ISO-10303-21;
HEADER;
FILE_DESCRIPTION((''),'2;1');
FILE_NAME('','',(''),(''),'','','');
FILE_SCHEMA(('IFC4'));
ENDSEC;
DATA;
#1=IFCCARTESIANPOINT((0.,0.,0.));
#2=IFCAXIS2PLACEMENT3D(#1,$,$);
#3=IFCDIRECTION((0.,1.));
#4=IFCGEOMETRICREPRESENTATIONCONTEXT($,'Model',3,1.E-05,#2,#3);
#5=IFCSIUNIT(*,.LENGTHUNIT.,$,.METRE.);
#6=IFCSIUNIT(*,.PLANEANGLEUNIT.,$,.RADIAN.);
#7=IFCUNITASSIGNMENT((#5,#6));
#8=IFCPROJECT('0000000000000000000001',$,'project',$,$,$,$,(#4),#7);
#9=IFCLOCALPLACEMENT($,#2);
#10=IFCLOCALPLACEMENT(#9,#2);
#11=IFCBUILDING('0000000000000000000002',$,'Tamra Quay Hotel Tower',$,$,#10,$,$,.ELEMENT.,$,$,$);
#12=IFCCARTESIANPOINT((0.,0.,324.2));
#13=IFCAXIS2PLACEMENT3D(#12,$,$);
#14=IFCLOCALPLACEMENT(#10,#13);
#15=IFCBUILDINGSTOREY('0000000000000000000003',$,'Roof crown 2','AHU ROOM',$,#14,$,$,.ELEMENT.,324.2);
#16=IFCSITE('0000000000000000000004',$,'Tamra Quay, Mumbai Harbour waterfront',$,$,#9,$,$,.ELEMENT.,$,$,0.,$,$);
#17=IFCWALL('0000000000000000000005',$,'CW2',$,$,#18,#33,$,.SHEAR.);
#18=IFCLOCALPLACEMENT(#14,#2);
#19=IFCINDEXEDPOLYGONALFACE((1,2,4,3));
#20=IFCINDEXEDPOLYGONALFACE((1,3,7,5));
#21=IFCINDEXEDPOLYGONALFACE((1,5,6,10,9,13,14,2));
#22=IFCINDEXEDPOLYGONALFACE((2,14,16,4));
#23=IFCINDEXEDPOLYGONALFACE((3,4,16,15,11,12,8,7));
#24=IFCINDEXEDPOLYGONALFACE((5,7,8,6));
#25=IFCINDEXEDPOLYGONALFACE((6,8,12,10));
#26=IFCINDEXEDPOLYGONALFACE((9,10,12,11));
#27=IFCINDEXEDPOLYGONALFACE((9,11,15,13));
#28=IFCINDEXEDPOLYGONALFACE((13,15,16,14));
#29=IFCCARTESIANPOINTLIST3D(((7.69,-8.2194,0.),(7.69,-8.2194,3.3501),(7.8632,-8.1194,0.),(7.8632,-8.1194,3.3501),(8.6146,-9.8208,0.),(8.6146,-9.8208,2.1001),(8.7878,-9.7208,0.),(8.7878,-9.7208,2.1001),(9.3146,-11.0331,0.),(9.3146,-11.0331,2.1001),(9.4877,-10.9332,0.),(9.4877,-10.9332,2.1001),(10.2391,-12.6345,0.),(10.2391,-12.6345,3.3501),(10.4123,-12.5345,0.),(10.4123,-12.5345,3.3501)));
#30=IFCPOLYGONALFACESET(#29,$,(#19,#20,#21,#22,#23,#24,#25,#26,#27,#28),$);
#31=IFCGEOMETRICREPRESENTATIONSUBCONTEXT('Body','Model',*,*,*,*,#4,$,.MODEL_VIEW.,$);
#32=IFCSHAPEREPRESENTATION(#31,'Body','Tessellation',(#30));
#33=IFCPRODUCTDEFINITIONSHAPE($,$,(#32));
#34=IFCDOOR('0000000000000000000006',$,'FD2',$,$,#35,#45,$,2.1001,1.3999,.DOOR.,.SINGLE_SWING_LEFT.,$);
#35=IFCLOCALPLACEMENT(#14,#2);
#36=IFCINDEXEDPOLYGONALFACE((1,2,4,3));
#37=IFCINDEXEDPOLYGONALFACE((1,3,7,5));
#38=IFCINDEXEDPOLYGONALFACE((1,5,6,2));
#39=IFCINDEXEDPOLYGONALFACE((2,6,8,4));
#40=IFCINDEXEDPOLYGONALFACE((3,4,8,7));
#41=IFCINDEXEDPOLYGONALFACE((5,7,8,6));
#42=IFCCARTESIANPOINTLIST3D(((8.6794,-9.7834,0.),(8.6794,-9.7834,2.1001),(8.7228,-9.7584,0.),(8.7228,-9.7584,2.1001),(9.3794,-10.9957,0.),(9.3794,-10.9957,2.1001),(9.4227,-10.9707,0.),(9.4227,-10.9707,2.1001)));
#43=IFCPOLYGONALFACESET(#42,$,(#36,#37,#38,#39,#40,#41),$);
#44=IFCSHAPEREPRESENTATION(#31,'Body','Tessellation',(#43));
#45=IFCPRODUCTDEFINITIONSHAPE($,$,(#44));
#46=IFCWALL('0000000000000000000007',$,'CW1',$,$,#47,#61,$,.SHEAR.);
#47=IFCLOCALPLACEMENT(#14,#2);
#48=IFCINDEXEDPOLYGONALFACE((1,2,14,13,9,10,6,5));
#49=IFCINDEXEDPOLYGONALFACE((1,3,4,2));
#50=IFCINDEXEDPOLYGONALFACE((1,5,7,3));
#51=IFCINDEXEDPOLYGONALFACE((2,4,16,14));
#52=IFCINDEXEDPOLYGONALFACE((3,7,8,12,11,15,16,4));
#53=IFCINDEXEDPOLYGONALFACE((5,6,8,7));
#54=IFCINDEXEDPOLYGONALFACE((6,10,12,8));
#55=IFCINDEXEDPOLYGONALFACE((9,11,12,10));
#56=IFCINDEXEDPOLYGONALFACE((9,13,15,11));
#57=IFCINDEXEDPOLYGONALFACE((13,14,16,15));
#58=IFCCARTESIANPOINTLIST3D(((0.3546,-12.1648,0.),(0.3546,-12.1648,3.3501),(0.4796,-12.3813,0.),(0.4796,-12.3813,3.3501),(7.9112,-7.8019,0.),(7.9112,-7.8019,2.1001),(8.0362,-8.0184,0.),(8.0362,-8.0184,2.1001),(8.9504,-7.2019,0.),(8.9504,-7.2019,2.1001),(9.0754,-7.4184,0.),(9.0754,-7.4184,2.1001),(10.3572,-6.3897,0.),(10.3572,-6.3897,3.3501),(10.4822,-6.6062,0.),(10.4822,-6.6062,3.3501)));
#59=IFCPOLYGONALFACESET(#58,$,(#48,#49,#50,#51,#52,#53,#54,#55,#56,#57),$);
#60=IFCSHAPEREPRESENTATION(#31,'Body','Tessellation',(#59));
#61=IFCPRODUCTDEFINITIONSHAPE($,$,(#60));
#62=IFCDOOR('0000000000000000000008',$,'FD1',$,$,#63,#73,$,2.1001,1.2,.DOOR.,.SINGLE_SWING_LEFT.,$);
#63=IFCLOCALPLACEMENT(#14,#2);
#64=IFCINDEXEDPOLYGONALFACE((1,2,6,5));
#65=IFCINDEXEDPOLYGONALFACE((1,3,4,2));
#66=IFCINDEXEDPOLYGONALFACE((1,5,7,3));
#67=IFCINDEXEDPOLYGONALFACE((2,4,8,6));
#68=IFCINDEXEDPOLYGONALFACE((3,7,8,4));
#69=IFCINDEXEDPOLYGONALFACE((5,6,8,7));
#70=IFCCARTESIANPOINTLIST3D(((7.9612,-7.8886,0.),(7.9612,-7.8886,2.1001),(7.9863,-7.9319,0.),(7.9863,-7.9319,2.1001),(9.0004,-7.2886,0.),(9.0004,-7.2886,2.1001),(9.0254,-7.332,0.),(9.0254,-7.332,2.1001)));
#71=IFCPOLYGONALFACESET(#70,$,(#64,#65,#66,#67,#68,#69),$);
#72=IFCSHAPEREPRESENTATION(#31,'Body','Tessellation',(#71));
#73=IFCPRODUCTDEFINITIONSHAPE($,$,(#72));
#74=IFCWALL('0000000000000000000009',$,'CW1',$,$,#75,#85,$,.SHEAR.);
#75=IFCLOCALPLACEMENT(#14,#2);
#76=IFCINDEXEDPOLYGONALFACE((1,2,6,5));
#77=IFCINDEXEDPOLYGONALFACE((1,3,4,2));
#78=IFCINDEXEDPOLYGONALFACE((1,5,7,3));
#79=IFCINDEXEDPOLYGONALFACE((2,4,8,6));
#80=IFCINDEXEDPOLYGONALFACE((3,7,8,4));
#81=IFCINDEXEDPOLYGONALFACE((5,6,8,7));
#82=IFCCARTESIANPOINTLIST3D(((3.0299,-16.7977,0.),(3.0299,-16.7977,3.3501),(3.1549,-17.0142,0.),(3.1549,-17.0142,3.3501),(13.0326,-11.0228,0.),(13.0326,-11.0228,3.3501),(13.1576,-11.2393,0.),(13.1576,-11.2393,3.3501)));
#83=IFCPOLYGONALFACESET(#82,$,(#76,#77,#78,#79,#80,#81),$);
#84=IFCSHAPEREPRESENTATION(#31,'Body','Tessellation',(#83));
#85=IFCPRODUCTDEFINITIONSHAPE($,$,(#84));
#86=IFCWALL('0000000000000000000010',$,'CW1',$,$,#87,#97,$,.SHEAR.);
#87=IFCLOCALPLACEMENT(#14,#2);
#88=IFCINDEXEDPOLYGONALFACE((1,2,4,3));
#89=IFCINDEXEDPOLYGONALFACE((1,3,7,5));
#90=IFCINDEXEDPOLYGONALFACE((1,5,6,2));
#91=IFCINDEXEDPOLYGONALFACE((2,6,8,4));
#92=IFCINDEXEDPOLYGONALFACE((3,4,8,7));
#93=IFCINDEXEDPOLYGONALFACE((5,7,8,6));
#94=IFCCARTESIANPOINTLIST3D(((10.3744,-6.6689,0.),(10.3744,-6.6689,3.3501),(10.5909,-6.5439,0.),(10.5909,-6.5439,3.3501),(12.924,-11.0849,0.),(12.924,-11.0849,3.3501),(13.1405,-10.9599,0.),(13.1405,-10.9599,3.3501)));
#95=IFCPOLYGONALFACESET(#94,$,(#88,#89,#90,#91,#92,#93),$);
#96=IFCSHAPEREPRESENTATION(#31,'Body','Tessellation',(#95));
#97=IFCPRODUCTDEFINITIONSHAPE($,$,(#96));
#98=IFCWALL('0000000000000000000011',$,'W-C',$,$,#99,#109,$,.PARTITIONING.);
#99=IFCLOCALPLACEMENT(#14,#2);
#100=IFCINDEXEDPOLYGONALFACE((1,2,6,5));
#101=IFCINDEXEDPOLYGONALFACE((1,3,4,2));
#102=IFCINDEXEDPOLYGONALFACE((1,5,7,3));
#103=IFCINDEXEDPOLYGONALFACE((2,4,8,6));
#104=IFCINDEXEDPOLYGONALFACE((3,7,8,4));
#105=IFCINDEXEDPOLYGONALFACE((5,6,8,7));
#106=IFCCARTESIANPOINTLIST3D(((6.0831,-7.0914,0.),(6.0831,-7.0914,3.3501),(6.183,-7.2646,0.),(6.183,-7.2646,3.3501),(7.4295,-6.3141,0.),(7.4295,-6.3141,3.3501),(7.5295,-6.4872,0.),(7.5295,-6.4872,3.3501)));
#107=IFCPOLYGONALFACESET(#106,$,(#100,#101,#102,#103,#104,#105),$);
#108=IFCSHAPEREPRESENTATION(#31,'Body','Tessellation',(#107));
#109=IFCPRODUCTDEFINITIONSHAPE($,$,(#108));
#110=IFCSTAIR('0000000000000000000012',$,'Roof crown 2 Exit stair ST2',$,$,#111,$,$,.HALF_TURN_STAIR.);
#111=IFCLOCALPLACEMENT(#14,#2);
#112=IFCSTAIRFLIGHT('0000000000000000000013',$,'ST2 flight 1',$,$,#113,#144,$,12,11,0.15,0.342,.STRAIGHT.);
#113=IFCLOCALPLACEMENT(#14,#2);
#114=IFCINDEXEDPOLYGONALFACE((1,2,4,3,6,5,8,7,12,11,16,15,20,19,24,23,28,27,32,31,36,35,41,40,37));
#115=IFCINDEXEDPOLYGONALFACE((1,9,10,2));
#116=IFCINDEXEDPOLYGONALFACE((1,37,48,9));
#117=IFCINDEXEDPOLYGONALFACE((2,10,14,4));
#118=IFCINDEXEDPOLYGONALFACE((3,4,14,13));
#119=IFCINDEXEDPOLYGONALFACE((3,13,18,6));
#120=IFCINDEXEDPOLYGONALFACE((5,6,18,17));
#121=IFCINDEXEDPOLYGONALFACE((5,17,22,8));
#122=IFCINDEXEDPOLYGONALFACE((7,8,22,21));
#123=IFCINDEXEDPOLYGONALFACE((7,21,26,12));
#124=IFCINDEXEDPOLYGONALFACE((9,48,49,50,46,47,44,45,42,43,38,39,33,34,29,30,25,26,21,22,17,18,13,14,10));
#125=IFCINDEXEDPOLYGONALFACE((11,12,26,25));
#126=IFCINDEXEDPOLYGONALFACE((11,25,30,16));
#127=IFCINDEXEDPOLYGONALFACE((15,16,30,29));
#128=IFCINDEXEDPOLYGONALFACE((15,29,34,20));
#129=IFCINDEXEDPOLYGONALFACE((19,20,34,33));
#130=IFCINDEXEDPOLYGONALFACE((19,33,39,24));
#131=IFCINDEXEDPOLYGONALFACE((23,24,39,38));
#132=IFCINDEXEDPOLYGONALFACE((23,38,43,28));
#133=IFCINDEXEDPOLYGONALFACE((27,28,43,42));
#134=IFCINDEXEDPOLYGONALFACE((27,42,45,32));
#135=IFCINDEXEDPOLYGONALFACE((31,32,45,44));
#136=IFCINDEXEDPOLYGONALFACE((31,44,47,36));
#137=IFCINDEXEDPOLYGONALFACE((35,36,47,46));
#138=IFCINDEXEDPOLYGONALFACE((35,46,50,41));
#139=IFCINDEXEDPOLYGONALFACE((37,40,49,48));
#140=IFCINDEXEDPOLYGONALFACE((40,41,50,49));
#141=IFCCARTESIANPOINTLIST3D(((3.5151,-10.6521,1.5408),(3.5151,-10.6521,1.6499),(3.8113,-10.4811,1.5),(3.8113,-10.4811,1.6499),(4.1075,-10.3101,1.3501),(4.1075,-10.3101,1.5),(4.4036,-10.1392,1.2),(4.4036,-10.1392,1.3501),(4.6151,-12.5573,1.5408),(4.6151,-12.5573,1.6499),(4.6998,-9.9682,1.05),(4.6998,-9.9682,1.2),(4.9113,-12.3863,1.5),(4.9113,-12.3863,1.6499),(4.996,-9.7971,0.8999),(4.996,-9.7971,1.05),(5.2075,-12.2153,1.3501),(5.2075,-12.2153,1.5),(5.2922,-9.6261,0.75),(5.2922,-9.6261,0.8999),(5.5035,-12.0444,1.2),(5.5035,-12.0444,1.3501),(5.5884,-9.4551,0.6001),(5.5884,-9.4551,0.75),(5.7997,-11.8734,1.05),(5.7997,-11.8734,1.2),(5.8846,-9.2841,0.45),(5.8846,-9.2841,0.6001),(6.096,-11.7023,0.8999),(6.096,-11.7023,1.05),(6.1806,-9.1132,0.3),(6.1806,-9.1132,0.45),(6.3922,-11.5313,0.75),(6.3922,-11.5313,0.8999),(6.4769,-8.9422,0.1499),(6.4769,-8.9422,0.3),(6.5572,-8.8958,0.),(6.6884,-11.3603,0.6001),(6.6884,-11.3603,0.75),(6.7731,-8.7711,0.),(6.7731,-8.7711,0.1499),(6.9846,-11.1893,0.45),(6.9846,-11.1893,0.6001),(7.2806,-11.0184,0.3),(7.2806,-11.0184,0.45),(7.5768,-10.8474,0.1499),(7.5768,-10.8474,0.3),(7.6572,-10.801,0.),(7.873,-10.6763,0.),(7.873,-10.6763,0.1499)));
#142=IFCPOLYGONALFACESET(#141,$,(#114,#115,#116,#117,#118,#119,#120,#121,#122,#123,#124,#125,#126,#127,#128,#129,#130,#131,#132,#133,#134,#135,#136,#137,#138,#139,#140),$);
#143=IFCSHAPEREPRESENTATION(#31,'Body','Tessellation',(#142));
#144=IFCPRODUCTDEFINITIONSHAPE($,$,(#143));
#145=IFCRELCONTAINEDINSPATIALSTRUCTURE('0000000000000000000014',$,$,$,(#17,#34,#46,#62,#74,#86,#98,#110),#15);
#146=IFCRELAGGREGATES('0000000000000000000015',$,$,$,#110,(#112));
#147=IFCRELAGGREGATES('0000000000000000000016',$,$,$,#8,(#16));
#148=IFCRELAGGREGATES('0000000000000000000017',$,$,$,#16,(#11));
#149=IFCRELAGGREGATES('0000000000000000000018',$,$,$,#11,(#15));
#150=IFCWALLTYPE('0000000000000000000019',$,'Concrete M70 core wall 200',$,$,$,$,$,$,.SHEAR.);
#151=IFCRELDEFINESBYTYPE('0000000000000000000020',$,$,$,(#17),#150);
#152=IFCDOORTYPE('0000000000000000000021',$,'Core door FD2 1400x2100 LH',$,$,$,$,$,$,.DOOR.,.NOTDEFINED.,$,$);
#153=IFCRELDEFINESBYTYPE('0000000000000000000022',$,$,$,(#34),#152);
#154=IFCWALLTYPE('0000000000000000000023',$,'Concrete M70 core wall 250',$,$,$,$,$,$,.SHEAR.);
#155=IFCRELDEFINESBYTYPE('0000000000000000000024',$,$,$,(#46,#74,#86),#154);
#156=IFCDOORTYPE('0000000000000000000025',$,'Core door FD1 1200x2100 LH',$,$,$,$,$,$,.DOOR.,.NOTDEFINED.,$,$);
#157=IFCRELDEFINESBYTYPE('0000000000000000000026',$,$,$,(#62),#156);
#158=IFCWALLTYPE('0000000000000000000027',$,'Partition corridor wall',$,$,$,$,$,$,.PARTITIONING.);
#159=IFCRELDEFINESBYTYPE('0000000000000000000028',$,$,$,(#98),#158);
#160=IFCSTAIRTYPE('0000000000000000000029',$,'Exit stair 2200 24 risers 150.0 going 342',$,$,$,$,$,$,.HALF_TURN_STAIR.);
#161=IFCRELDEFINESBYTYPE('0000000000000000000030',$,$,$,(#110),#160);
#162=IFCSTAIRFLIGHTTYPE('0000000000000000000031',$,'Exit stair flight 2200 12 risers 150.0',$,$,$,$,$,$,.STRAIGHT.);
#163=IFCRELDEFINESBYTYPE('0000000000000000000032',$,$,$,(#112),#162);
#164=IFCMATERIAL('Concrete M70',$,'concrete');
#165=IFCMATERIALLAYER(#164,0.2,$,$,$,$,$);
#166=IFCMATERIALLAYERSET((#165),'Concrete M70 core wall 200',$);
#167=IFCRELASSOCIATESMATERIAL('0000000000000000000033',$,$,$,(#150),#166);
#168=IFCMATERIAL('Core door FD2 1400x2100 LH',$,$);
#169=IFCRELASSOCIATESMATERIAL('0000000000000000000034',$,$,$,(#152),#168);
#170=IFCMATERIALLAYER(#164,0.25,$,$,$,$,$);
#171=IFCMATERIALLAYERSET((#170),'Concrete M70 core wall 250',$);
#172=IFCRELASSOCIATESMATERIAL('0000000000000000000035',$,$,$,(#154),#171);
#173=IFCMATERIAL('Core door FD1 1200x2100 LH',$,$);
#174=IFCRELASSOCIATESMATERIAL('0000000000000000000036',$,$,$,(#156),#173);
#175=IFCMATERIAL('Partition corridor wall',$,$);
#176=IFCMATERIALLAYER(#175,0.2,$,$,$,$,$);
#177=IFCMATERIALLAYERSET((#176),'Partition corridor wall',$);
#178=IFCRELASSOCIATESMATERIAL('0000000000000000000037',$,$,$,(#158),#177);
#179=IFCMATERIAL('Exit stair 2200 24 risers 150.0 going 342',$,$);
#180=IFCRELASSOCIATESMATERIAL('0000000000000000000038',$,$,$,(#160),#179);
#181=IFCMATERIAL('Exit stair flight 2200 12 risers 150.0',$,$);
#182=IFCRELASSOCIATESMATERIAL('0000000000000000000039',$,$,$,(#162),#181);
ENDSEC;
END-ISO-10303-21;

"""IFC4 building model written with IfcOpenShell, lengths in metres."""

from ifc_helpers import new_model, si_unit, direction, frame, frame_2d, origin, place, context, subcontext, project, spatial, polyline, rectangle, outline, extrude, material, layer, layer_set, type_object, element, fill, aggregate, save


model = new_model("IFC4")

# Units and contexts
model_context = context("Model", 3, precision=1e-05, world=origin(), true_north=direction((0.0, 1.0)))
body_context = subcontext(model_context, "Body", "Model", "MODEL_VIEW")
ifc_project = project(units=[si_unit("LENGTHUNIT", "METRE"), si_unit("PLANEANGLEUNIT", "RADIAN")], contexts=[model_context])

# Site, building, storey
site_placement = place(None, origin())
site = spatial("IfcSite", under=ifc_project, at=site_placement, Name="Tamra Quay, Mumbai Harbour waterfront", CompositionType="ELEMENT", RefElevation=0.0)
building_placement = place(site_placement, origin())
building = spatial("IfcBuilding", under=site, at=building_placement, Name="Tamra Quay Hotel Tower", CompositionType="ELEMENT")
storey_placement = place(building_placement, frame((0.0, 0.0, 324.2)))
storey = spatial("IfcBuildingStorey", under=building, at=storey_placement, Name="Roof crown 2", Description="AHU ROOM", CompositionType="ELEMENT", Elevation=324.2)

# Walls, openings, doors
ifc_material_1 = material(Name="Concrete M70", Category="concrete")
ifc_layer_1 = layer(ifc_material_1, 0.2)
ifc_layer_set_1 = layer_set([ifc_layer_1], Name="Concrete M70 core wall 200")
wall_type_1 = type_object("IfcWallType", Name="Concrete M70 core wall 200", PredefinedType="SHEAR", material=ifc_layer_set_1)
wall_1_placement = place(storey_placement, frame((7.7766, -8.1694, 0.0), z_axis=(0.0, 0.0, 1.0), x_axis=(0.500007, -0.866021, 0.0)))
wall_1 = element("IfcWall", 1, at=wall_1_placement, inside=storey, type_object=wall_type_1, Name="CW2", PredefinedType="SHEAR", context=body_context, shape_type="SweptSolid", body=[
    extrude(rectangle(XDim=5.0981, YDim=0.2, at=frame_2d((2.5491, 0.0))), origin(), (0.0, 0.0, 1.0), 3.3501),
])
opening_1_placement = place(wall_1_placement, frame((1.8491, 0.0, 0.0)))
opening_1 = element("IfcOpeningElement", 2, at=opening_1_placement, cuts=wall_1, PredefinedType="OPENING", context=body_context, shape_type="SweptSolid", body=[
    extrude(rectangle(XDim=1.3999, YDim=2.1001, at=frame_2d((0.7, 1.05))), frame((0.0, 0.1099, 0.0), z_axis=(0.0, -1.0, 0.0), x_axis=(1.0, 0.0, 0.0)), (0.0, 0.0, 1.0), 0.22),
])
ifc_material_2 = material(Name="Core door FD2 1400x2100 LH")
door_type_1 = type_object("IfcDoorType", Name="Core door FD2 1400x2100 LH", OperationType="NOTDEFINED", PredefinedType="DOOR", material=ifc_material_2)
door_1_placement = place(opening_1_placement, origin())
door_1 = element("IfcDoor", 3, at=door_1_placement, inside=storey, type_object=door_type_1, Name="FD2", OperationType="SINGLE_SWING_LEFT", OverallHeight=2.1001, OverallWidth=1.3999, PredefinedType="DOOR", context=body_context, shape_type="SweptSolid", body=[
    extrude(rectangle(XDim=1.3999, YDim=2.1001, at=frame_2d((0.7, 1.05))), frame((0.0, 0.0249, 0.0), z_axis=(0.0, -1.0, 0.0), x_axis=(1.0, 0.0, 0.0)), (0.0, 0.0, 1.0), 0.05),
])
fill(opening_1, door_1)
ifc_layer_2 = layer(ifc_material_1, 0.25)
ifc_layer_set_2 = layer_set([ifc_layer_2], Name="Concrete M70 core wall 250")
wall_type_2 = type_object("IfcWallType", Name="Concrete M70 core wall 250", PredefinedType="SHEAR", material=ifc_layer_set_2)
wall_2_placement = place(storey_placement, frame((0.4172, -12.2729, 0.0), z_axis=(0.0, 0.0, 1.0), x_axis=(0.866022, 0.500006, 0.0)))
wall_2 = element("IfcWall", 4, at=wall_2_placement, inside=storey, type_object=wall_type_2, Name="CW1", PredefinedType="SHEAR", context=body_context, shape_type="SweptSolid", body=[
    extrude(rectangle(XDim=11.55, YDim=0.25, at=frame_2d((5.7749, 0.0))), origin(), (0.0, 0.0, 1.0), 3.3501),
])
opening_2_placement = place(wall_2_placement, frame((8.7253, 0.0, 0.0)))
opening_2 = element("IfcOpeningElement", 5, at=opening_2_placement, cuts=wall_2, PredefinedType="OPENING", context=body_context, shape_type="SweptSolid", body=[
    extrude(rectangle(XDim=1.2, YDim=2.1001, at=frame_2d((0.6001, 1.05))), frame((0.0, 0.135, 0.0), z_axis=(0.0, -1.0, 0.0), x_axis=(1.0, 0.0, 0.0)), (0.0, 0.0, 1.0), 0.27),
])
ifc_material_3 = material(Name="Core door FD1 1200x2100 LH")
door_type_2 = type_object("IfcDoorType", Name="Core door FD1 1200x2100 LH", OperationType="NOTDEFINED", PredefinedType="DOOR", material=ifc_material_3)
door_2_placement = place(opening_2_placement, origin())
door_2 = element("IfcDoor", 6, at=door_2_placement, inside=storey, type_object=door_type_2, Name="FD1", OperationType="SINGLE_SWING_LEFT", OverallHeight=2.1001, OverallWidth=1.2, PredefinedType="DOOR", context=body_context, shape_type="SweptSolid", body=[
    extrude(rectangle(XDim=1.2, YDim=2.1001, at=frame_2d((0.6001, 1.05))), frame((0.0, 0.0249, 0.0), z_axis=(0.0, -1.0, 0.0), x_axis=(1.0, 0.0, 0.0)), (0.0, 0.0, 1.0), 0.05),
])
fill(opening_2, door_2)

# Walls
wall_3_placement = place(storey_placement, frame((13.095, -11.1311, 0.0), z_axis=(0.0, 0.0, 1.0), x_axis=(-0.866031, -0.49999, 0.0)))
element("IfcWall", 7, at=wall_3_placement, inside=storey, type_object=wall_type_2, Name="CW1", PredefinedType="SHEAR", context=body_context, shape_type="SweptSolid", body=[
    extrude(rectangle(XDim=11.55, YDim=0.25, at=frame_2d((5.7749, 0.0))), origin(), (0.0, 0.0, 1.0), 3.3501),
])
wall_4_placement = place(storey_placement, frame((10.4827, -6.6064, 0.0), z_axis=(0.0, 0.0, 1.0), x_axis=(0.499996, -0.866028, 0.0)))
element("IfcWall", 8, at=wall_4_placement, inside=storey, type_object=wall_type_2, Name="CW1", PredefinedType="SHEAR", context=body_context, shape_type="SweptSolid", body=[
    extrude(rectangle(XDim=5.0991, YDim=0.25, at=frame_2d((2.5496, 0.0))), origin(), (0.0, 0.0, 1.0), 3.3501),
])
ifc_material_4 = material(Name="Partition corridor wall")
ifc_layer_3 = layer(ifc_material_4, 0.2)
ifc_layer_set_3 = layer_set([ifc_layer_3], Name="Partition corridor wall")
wall_type_3 = type_object("IfcWallType", Name="Partition corridor wall", PredefinedType="PARTITIONING", material=ifc_layer_set_3)
wall_5_placement = place(storey_placement, frame((6.1331, -7.178, 0.0), z_axis=(0.0, 0.0, 1.0), x_axis=(0.866031, 0.49999, 0.0)))
element("IfcWall", 9, at=wall_5_placement, inside=storey, type_object=wall_type_3, Name="W-C", PredefinedType="PARTITIONING", context=body_context, shape_type="SweptSolid", body=[
    extrude(rectangle(XDim=1.5547, YDim=0.2, at=frame_2d((0.7773, 0.0))), origin(), (0.0, 0.0, 1.0), 3.3501),
])

# Stair, stair flight
ifc_material_5 = material(Name="Exit stair 2200 24 risers 150.0 going 342")
stair_type = type_object("IfcStairType", Name="Exit stair 2200 24 risers 150.0 going 342", PredefinedType="HALF_TURN_STAIR", material=ifc_material_5)
stair_placement = place(storey_placement, origin())
stair = element("IfcStair", 10, at=stair_placement, inside=storey, type_object=stair_type, Name="Roof crown 2 Exit stair ST2", PredefinedType="HALF_TURN_STAIR")
ifc_material_6 = material(Name="Exit stair flight 2200 12 risers 150.0")
stair_flight_type = type_object("IfcStairFlightType", Name="Exit stair flight 2200 12 risers 150.0", PredefinedType="STRAIGHT", material=ifc_material_6)
stair_flight_placement = place(storey_placement, frame((7.323, -9.7236, 0.0), z_axis=(0.0, 0.0, 1.0), x_axis=(-0.866025, -0.5, 0.0)))
stair_flight = element("IfcStairFlight", 11, at=stair_flight_placement, type_object=stair_flight_type, Name="ST2 flight 1", NumberOfRisers=12, NumberOfTreads=11, PredefinedType="STRAIGHT", RiserHeight=0.15, TreadLength=0.342, context=body_context, shape_type="SweptSolid", body=[
    extrude(outline(polyline([(0.0, 0.0), (0.0, 0.1499), (0.342, 0.1499), (0.342, 0.3), (0.6841, 0.3), (0.6841, 0.45), (1.0259, 0.45), (1.0259, 0.6001), (1.3679, 0.6001), (1.3679, 0.75), (1.71, 0.75), (1.71, 0.8999), (2.052, 0.8999), (2.052, 1.05), (2.394, 1.05), (2.394, 1.2), (2.7361, 1.2), (2.7361, 1.3501), (3.0779, 1.3501), (3.0779, 1.5), (3.4199, 1.5), (3.4199, 1.6499), (3.762, 1.6499), (3.762, 1.8), (3.762, 1.5408), (0.2493, 0.0), (0.0, 0.0)])), frame((0.0, 1.1001, 0.0), z_axis=(0.0, -1.0, 0.0), x_axis=(1.0, 0.0, 0.0)), (0.0, 0.0, 1.0), 2.2),
])
aggregate(stair, [stair_flight])

save(model, "model.ifc")
